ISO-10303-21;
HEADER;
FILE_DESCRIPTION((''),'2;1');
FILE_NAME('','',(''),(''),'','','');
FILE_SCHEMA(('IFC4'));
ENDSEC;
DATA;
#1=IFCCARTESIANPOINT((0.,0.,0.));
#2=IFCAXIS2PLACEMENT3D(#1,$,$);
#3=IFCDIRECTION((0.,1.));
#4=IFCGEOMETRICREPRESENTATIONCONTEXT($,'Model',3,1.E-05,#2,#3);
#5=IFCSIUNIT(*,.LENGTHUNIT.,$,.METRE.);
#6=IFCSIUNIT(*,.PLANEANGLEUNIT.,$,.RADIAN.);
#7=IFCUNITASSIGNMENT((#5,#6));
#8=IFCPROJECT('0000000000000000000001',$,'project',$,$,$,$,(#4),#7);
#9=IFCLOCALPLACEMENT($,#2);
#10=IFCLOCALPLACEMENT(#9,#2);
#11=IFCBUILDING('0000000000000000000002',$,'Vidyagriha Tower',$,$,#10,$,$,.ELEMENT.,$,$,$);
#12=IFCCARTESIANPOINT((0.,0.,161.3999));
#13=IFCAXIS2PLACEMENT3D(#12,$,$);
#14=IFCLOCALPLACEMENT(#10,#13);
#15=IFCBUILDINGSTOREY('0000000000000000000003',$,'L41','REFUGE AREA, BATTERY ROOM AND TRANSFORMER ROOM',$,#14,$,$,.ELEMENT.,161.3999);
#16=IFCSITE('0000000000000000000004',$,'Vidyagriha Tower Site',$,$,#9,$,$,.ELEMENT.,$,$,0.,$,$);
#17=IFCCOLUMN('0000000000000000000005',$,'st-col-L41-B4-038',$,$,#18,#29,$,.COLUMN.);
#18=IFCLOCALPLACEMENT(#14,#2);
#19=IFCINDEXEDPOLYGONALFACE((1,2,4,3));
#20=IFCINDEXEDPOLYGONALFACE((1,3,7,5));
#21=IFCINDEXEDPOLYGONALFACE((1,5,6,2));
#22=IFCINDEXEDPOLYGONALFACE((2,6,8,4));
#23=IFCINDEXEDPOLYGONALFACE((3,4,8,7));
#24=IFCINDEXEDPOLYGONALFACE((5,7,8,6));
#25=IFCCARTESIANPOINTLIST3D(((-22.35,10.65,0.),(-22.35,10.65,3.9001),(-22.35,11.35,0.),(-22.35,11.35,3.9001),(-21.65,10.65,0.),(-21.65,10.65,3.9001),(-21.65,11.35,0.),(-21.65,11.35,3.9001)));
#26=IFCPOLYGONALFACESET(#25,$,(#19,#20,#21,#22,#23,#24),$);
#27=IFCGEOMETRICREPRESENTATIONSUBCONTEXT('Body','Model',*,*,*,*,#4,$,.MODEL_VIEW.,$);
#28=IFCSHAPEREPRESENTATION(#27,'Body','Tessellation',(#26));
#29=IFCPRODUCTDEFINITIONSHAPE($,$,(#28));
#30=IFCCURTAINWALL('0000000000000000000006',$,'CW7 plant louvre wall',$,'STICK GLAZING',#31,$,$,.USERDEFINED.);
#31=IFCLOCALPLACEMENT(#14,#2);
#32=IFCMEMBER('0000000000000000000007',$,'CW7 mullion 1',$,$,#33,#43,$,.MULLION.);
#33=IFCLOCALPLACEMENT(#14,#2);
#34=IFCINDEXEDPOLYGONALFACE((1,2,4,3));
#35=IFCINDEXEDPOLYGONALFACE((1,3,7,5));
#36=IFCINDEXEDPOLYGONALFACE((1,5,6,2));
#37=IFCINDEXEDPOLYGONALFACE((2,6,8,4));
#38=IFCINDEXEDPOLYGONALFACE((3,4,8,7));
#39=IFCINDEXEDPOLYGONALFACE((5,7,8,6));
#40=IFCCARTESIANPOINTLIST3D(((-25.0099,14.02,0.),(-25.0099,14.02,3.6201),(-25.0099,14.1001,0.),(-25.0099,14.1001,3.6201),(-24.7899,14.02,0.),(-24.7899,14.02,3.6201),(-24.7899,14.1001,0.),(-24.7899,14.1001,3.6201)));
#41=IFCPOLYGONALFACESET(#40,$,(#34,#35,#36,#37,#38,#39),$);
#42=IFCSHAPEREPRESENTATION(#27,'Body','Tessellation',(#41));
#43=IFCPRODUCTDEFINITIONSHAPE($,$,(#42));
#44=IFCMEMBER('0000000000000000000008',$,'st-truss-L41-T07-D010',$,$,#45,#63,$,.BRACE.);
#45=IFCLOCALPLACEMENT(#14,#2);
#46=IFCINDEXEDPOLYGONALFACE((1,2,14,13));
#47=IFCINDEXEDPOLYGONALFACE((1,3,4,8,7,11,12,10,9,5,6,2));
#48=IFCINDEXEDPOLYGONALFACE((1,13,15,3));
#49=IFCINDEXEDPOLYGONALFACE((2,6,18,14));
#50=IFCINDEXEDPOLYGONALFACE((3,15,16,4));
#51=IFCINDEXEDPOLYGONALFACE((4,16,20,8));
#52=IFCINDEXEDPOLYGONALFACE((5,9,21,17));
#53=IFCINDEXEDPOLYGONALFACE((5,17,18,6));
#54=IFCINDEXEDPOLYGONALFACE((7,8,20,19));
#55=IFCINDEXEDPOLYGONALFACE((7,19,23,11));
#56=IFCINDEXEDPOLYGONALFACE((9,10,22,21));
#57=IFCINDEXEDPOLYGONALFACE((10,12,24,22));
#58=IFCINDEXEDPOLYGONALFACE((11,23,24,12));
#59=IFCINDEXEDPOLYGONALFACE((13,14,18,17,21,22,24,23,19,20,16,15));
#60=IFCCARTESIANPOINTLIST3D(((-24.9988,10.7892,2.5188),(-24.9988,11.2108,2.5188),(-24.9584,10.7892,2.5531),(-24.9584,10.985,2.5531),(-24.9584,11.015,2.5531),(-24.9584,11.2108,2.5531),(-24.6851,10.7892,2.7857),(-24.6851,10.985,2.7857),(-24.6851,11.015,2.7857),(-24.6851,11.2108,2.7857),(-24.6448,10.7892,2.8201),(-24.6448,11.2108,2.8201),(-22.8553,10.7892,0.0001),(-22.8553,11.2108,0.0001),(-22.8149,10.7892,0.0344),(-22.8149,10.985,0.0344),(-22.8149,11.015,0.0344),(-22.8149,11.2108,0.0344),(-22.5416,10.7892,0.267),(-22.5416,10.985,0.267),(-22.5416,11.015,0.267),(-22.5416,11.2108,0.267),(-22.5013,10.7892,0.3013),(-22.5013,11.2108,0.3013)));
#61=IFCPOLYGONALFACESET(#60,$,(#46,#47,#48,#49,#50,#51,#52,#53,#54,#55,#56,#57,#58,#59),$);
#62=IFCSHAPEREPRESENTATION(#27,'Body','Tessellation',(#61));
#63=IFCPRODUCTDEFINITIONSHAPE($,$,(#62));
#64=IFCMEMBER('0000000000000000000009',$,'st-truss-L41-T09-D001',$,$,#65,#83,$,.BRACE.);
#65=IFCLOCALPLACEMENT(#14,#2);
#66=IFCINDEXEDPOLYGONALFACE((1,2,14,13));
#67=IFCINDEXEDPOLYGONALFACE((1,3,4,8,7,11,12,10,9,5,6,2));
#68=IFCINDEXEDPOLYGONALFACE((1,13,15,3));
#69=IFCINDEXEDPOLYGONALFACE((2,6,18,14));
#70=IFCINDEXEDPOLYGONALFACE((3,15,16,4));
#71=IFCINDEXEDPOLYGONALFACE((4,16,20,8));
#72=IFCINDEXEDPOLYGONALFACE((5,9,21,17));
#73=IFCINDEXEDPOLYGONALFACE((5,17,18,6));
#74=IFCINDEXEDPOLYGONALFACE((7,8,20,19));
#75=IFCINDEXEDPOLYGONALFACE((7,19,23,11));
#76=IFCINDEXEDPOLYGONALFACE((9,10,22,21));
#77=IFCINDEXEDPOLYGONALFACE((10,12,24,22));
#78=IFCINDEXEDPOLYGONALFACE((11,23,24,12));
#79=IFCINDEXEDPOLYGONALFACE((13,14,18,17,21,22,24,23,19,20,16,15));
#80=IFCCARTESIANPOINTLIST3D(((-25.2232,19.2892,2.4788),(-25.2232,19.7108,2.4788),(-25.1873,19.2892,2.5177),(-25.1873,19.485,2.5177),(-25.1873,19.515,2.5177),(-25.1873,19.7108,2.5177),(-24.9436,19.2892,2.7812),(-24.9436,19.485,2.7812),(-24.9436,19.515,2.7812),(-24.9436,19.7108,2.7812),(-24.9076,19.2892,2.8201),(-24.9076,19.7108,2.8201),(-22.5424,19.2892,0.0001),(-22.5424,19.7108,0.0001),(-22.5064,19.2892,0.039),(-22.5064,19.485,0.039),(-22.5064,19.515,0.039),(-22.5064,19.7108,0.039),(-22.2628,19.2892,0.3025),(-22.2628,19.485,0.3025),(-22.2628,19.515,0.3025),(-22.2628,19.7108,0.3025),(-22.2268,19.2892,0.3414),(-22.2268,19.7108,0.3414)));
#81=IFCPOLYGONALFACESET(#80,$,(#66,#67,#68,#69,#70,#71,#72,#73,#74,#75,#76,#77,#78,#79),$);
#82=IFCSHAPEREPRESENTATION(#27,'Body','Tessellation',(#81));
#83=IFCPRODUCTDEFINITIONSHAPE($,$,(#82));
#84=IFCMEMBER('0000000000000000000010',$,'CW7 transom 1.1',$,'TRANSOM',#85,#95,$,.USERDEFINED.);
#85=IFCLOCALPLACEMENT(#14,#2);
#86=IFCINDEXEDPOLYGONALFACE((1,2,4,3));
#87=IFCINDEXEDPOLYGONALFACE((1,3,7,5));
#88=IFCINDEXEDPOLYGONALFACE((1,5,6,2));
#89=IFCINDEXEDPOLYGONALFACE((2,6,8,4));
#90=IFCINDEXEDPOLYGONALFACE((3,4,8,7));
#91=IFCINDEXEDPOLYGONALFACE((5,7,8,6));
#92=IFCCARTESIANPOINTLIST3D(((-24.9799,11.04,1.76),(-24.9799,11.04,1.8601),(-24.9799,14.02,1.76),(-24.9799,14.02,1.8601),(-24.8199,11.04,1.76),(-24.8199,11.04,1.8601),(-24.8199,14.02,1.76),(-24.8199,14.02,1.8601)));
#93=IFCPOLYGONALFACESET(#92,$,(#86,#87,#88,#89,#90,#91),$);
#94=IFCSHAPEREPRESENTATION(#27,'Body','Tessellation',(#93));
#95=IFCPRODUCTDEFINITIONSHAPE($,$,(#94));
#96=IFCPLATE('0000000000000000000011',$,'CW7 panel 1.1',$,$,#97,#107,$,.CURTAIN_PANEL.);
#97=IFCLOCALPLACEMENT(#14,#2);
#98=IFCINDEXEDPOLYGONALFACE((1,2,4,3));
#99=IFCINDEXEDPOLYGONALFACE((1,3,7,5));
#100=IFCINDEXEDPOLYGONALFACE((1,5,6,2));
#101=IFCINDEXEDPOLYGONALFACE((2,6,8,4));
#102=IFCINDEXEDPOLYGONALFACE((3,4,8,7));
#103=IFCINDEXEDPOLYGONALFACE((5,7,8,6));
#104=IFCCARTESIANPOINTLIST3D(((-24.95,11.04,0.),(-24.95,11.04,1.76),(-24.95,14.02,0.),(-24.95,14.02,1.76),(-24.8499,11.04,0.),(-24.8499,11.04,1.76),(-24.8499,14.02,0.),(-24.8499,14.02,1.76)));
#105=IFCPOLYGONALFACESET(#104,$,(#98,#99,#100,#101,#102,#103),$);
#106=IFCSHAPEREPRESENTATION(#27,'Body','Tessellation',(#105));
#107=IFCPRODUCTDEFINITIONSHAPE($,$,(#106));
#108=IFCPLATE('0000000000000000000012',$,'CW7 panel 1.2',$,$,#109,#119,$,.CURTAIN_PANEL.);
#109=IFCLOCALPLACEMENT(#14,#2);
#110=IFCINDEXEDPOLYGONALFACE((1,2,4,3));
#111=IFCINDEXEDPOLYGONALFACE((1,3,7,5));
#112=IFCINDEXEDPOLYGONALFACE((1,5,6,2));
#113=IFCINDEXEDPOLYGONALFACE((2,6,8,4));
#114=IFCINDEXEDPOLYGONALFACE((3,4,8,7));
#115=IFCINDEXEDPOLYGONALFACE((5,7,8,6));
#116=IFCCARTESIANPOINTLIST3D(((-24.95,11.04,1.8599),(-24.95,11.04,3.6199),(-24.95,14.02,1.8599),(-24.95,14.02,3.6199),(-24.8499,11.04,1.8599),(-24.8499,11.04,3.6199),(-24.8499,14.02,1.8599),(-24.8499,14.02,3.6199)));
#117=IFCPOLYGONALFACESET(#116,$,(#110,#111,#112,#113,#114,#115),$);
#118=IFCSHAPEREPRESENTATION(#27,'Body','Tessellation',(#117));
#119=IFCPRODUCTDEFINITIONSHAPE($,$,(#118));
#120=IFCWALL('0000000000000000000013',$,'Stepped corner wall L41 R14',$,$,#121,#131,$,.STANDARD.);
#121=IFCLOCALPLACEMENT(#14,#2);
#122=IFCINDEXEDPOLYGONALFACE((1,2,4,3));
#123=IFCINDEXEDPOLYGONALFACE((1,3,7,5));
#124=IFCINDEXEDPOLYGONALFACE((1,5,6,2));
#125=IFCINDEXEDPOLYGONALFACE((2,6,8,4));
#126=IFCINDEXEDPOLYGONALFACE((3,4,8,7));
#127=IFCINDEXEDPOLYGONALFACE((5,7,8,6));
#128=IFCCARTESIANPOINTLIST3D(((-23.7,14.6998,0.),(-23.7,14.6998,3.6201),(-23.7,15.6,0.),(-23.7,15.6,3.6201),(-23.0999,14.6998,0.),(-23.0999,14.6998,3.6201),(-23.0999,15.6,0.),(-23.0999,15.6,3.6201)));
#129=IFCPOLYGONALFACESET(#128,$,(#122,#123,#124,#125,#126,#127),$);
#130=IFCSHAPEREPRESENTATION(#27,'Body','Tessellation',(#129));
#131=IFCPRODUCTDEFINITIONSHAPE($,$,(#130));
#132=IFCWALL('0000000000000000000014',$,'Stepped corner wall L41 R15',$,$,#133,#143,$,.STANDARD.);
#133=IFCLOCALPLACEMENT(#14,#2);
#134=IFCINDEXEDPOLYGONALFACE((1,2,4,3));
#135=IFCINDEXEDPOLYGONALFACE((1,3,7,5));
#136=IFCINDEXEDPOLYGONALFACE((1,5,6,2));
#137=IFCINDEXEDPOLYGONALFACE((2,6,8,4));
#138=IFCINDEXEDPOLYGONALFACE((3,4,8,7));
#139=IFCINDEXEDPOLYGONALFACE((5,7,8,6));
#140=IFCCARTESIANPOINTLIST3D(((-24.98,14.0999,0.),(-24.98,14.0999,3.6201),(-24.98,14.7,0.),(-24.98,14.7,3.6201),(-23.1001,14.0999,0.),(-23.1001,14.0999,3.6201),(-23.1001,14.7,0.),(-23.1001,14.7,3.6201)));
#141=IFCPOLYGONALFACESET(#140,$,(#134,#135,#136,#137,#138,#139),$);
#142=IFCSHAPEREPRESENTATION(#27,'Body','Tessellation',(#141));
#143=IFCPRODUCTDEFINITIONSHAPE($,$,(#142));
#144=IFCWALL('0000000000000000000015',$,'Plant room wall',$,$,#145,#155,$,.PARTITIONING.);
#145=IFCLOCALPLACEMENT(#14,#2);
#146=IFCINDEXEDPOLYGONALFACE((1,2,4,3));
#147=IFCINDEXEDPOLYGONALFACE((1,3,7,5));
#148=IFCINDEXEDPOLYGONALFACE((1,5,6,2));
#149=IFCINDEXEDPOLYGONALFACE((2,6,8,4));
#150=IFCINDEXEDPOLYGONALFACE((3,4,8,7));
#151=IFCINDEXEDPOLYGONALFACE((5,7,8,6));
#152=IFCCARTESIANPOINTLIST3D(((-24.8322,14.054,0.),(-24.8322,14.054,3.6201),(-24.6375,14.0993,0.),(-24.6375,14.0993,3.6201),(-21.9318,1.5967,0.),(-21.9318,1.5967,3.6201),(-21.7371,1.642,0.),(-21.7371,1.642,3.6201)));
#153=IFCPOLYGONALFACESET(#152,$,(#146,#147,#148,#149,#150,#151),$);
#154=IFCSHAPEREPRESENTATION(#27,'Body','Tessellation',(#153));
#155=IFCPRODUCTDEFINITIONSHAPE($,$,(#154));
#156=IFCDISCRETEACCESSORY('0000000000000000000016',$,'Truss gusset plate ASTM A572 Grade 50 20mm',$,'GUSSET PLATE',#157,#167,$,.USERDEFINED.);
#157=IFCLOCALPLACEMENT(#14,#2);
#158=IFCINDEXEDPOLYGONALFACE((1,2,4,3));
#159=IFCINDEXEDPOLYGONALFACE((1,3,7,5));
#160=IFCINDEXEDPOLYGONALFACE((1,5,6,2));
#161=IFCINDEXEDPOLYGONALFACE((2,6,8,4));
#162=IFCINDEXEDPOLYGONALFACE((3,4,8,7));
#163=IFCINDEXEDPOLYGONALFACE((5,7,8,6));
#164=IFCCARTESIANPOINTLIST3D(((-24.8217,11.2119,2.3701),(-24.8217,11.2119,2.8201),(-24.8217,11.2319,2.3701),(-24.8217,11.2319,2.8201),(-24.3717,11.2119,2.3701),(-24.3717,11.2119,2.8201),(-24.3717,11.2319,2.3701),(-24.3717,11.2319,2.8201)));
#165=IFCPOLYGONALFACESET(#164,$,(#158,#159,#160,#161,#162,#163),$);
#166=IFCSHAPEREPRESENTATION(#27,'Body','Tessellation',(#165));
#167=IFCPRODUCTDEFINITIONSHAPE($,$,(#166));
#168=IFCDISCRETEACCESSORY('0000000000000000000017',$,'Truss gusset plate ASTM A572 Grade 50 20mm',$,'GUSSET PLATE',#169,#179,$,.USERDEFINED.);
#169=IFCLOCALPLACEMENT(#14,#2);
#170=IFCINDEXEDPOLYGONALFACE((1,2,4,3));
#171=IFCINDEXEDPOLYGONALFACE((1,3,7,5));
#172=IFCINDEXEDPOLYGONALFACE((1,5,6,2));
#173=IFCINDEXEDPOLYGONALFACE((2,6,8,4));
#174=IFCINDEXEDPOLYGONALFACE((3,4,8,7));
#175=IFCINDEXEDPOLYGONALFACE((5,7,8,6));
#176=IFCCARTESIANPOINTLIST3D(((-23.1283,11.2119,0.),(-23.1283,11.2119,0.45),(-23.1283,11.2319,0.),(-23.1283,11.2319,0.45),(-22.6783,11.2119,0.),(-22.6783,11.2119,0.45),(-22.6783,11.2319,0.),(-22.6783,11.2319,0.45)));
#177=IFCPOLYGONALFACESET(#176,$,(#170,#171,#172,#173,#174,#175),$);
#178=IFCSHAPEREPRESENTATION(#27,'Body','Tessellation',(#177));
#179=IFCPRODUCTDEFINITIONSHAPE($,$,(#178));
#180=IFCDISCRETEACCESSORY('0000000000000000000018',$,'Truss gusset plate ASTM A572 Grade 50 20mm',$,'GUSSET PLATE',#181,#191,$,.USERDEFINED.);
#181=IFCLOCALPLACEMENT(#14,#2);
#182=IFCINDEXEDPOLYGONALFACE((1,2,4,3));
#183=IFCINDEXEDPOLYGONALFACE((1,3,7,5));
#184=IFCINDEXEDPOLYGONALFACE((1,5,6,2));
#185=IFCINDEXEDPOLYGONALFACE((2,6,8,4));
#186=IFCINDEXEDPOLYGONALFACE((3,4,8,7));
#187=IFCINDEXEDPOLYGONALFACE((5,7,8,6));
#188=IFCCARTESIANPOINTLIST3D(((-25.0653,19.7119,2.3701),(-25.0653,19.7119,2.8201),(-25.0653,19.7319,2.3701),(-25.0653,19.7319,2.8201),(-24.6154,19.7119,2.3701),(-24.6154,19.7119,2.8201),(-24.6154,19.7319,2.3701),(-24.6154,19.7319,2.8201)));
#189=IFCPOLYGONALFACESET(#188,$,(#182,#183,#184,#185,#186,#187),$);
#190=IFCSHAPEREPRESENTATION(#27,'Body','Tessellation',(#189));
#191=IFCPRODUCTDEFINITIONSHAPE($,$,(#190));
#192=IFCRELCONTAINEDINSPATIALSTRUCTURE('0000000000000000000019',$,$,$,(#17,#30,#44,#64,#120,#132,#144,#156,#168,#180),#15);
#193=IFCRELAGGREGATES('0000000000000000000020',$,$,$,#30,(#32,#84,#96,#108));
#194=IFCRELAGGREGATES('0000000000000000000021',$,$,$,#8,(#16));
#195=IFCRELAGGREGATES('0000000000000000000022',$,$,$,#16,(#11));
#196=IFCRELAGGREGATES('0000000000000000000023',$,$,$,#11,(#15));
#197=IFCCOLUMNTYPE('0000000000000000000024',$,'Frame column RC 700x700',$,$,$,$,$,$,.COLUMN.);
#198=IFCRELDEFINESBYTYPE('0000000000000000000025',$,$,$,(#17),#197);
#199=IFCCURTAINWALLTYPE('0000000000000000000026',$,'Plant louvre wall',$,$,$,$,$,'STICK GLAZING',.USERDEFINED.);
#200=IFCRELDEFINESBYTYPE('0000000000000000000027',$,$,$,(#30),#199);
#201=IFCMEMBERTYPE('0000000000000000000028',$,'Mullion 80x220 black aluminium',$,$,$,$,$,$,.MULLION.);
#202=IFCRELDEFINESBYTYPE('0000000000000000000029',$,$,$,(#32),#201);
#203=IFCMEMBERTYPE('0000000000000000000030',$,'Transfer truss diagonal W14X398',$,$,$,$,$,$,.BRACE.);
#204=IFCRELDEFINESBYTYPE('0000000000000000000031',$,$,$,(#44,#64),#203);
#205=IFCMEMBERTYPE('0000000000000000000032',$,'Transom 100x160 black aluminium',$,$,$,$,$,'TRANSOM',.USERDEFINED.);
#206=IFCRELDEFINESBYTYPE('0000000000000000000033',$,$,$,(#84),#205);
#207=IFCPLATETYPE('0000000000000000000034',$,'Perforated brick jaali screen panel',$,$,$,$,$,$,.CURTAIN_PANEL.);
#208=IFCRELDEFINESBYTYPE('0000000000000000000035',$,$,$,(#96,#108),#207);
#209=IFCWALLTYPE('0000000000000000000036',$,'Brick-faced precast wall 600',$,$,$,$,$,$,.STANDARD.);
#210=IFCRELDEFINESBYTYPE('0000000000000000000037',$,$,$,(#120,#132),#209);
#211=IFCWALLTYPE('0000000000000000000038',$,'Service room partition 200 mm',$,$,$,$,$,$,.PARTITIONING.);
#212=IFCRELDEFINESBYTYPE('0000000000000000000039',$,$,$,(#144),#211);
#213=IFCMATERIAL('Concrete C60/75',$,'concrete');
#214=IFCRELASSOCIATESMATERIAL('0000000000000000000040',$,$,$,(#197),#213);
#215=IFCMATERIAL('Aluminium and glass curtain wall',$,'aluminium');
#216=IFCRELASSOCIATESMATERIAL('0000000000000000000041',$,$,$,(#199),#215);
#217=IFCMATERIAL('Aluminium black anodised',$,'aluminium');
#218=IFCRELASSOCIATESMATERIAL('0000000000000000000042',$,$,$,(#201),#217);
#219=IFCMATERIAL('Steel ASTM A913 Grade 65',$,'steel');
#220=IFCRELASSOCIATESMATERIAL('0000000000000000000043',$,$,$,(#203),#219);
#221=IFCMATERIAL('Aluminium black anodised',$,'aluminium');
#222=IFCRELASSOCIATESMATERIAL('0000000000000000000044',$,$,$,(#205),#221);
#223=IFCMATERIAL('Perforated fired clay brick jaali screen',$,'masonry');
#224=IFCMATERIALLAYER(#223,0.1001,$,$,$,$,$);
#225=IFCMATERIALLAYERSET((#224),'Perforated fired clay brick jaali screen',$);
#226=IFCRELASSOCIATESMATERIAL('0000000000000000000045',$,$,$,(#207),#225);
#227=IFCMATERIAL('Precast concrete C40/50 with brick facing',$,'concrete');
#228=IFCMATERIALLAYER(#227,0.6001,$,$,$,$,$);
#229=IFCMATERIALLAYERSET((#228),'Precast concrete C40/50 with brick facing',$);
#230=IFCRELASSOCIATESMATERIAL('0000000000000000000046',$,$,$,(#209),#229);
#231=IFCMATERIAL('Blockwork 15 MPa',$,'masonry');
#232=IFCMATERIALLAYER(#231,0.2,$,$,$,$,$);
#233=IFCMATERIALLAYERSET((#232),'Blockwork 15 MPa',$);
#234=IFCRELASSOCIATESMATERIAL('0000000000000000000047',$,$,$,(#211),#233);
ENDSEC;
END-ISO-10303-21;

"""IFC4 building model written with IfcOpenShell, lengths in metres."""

from ifc_helpers import new_model, si_unit, direction, frame, frame_2d, origin, origin_2d, place, context, subcontext, project, spatial, rectangle, i_section, extrude, material, layer, layer_set, material_profile, profile_set, type_object, element, aggregate, save


model = new_model("IFC4")

# Units and contexts
model_context = context("Model", 3, precision=1e-05, world=origin(), true_north=direction((0.0, 1.0)))
body_context = subcontext(model_context, "Body", "Model", "MODEL_VIEW")
ifc_project = project(units=[si_unit("LENGTHUNIT", "METRE"), si_unit("PLANEANGLEUNIT", "RADIAN")], contexts=[model_context])

# Site, building, storey
site_placement = place(None, origin())
site = spatial("IfcSite", under=ifc_project, at=site_placement, Name="Vidyagriha Tower Site", CompositionType="ELEMENT", RefElevation=0.0)
building_placement = place(site_placement, origin())
building = spatial("IfcBuilding", under=site, at=building_placement, Name="Vidyagriha Tower", CompositionType="ELEMENT")
storey_placement = place(building_placement, frame((0.0, 0.0, 161.3999)))
storey = spatial("IfcBuildingStorey", under=building, at=storey_placement, Name="L41", Description="REFUGE AREA, BATTERY ROOM AND TRANSFORMER ROOM", CompositionType="ELEMENT", Elevation=161.3999)

# Column
ifc_material_1 = material(Name="Concrete C60/75", Category="concrete")
ifc_material_profile_1 = material_profile(ifc_material_1, rectangle(XDim=0.7, YDim=0.7, at=origin_2d()), Name="RC 700x700")
ifc_profile_set_1 = profile_set([ifc_material_profile_1], Name="Concrete C60/75")
column_type = type_object("IfcColumnType", Name="Frame column RC 700x700", PredefinedType="COLUMN", material=ifc_profile_set_1)
column_placement = place(storey_placement, frame((-22.0, 11.0, 0.0)))
element("IfcColumn", 1, at=column_placement, inside=storey, type_object=column_type, Name="st-col-L41-B4-038", PredefinedType="COLUMN", context=body_context, shape_type="SweptSolid", body=[
    extrude(rectangle(XDim=0.7, YDim=0.7, at=origin_2d()), origin(), (0.0, 0.0, 1.0), 3.9001),
])

# Curtain wall, member
ifc_material_2 = material(Name="Aluminium and glass curtain wall", Category="aluminium")
curtain_wall_type = type_object("IfcCurtainWallType", Name="Plant louvre wall", ElementType="STICK GLAZING", PredefinedType="USERDEFINED", material=ifc_material_2)
curtain_wall_placement = place(storey_placement, origin())
curtain_wall = element("IfcCurtainWall", 2, at=curtain_wall_placement, inside=storey, type_object=curtain_wall_type, Name="CW7 plant louvre wall", ObjectType="STICK GLAZING", PredefinedType="USERDEFINED")
ifc_material_3 = material(Name="Aluminium black anodised", Category="aluminium")
ifc_material_profile_2 = material_profile(ifc_material_3, rectangle(XDim=0.22, YDim=0.0801, at=origin_2d()), Name="Mullion 80x220 black aluminium")
ifc_profile_set_2 = profile_set([ifc_material_profile_2], Name="Aluminium black anodised")
member_type_1 = type_object("IfcMemberType", Name="Mullion 80x220 black aluminium", PredefinedType="MULLION", material=ifc_profile_set_2)
member_1_placement = place(storey_placement, frame((-24.8999, 14.0601, 0.0)))
member_1 = element("IfcMember", 3, at=member_1_placement, type_object=member_type_1, Name="CW7 mullion 1", PredefinedType="MULLION", context=body_context, shape_type="SweptSolid", body=[
    extrude(rectangle(XDim=0.22, YDim=0.0801, at=origin_2d()), origin(), (0.0, 0.0, 1.0), 3.6201),
])

# Members
ifc_material_4 = material(Name="Steel ASTM A913 Grade 65", Category="steel")
ifc_material_profile_3 = material_profile(ifc_material_4, i_section(OverallWidth=0.4216, OverallDepth=0.4648, WebThickness=0.03, FlangeThickness=0.053, at=origin_2d()), Name="W14X398")
ifc_profile_set_3 = profile_set([ifc_material_profile_3], Name="Steel ASTM A913 Grade 65")
member_type_2 = type_object("IfcMemberType", Name="Transfer truss diagonal W14X398", PredefinedType="BRACE", material=ifc_profile_set_3)
member_2_placement = place(storey_placement, frame((-24.8218, 11.0, 2.6694), z_axis=(0.6481, 0.0, -0.761555), x_axis=(0.0, 1.0, 0.0)))
element("IfcMember", 4, at=member_2_placement, inside=storey, type_object=member_type_2, Name="st-truss-L41-T07-D010", PredefinedType="BRACE", context=body_context, shape_type="SweptSolid", body=[
    extrude(i_section(OverallWidth=0.4216, OverallDepth=0.4648, WebThickness=0.03, FlangeThickness=0.053, at=origin_2d()), origin(), (0.0, 0.0, 1.0), 3.3074),
])
member_3_placement = place(storey_placement, frame((-25.0654, 19.5, 2.6494), z_axis=(0.734247, 0.0, -0.678883), x_axis=(0.0, 1.0, 0.0)))
element("IfcMember", 5, at=member_3_placement, inside=storey, type_object=member_type_2, Name="st-truss-L41-T09-D001", PredefinedType="BRACE", context=body_context, shape_type="SweptSolid", body=[
    extrude(i_section(OverallWidth=0.4216, OverallDepth=0.4648, WebThickness=0.03, FlangeThickness=0.053, at=origin_2d()), origin(), (0.0, 0.0, 1.0), 3.6511),
])

# Member
ifc_material_5 = material(Name="Aluminium black anodised", Category="aluminium")
ifc_material_profile_4 = material_profile(ifc_material_5, rectangle(XDim=0.1599, YDim=0.1001, at=origin_2d()), Name="Transom 100x160 black aluminium")
ifc_profile_set_4 = profile_set([ifc_material_profile_4], Name="Aluminium black anodised")
member_type_3 = type_object("IfcMemberType", Name="Transom 100x160 black aluminium", ElementType="TRANSOM", PredefinedType="USERDEFINED", material=ifc_profile_set_4)
member_4_placement = place(storey_placement, frame((-24.8999, 14.02, 1.8101), z_axis=(0.0, -1.0, 0.0), x_axis=(1.0, 0.0, 0.0)))
member_4 = element("IfcMember", 6, at=member_4_placement, type_object=member_type_3, Name="CW7 transom 1.1", ObjectType="TRANSOM", PredefinedType="USERDEFINED", context=body_context, shape_type="SweptSolid", body=[
    extrude(rectangle(XDim=0.1599, YDim=0.1001, at=origin_2d()), origin(), (0.0, 0.0, 1.0), 2.98),
])

# Plates
ifc_material_6 = material(Name="Perforated fired clay brick jaali screen", Category="masonry")
ifc_layer_1 = layer(ifc_material_6, 0.1001)
ifc_layer_set_1 = layer_set([ifc_layer_1], Name="Perforated fired clay brick jaali screen")
plate_type = type_object("IfcPlateType", Name="Perforated brick jaali screen panel", PredefinedType="CURTAIN_PANEL", material=ifc_layer_set_1)
plate_1_placement = place(storey_placement, frame((-24.8999, 12.53, 0.0), z_axis=(0.0, 0.0, 1.0), x_axis=(0.0, -1.0, 0.0)))
plate_1 = element("IfcPlate", 7, at=plate_1_placement, type_object=plate_type, Name="CW7 panel 1.1", PredefinedType="CURTAIN_PANEL", context=body_context, shape_type="SweptSolid", body=[
    extrude(rectangle(XDim=2.98, YDim=0.1001, at=origin_2d()), origin(), (0.0, 0.0, 1.0), 1.76),
])
plate_2_placement = place(storey_placement, frame((-24.8999, 12.53, 1.8599), z_axis=(0.0, 0.0, 1.0), x_axis=(0.0, -1.0, 0.0)))
plate_2 = element("IfcPlate", 8, at=plate_2_placement, type_object=plate_type, Name="CW7 panel 1.2", PredefinedType="CURTAIN_PANEL", context=body_context, shape_type="SweptSolid", body=[
    extrude(rectangle(XDim=2.98, YDim=0.1001, at=origin_2d()), origin(), (0.0, 0.0, 1.0), 1.76),
])
aggregate(curtain_wall, [member_1, member_4, plate_1, plate_2])

# Walls
ifc_material_7 = material(Name="Precast concrete C40/50 with brick facing", Category="concrete")
ifc_layer_2 = layer(ifc_material_7, 0.6001)
ifc_layer_set_2 = layer_set([ifc_layer_2], Name="Precast concrete C40/50 with brick facing")
wall_type_1 = type_object("IfcWallType", Name="Brick-faced precast wall 600", PredefinedType="STANDARD", material=ifc_layer_set_2)
wall_1_placement = place(storey_placement, frame((-23.3999, 15.6001, 0.0), z_axis=(0.0, 0.0, 1.0), x_axis=(0.0, -1.0, 0.0)))
element("IfcWall", 9, at=wall_1_placement, inside=storey, type_object=wall_type_1, Name="Stepped corner wall L41 R14", PredefinedType="STANDARD", context=body_context, shape_type="SweptSolid", body=[
    extrude(rectangle(XDim=0.9001, YDim=0.6001, at=frame_2d((0.4502, 0.0))), origin(), (0.0, 0.0, 1.0), 3.6201),
])
wall_2_placement = place(storey_placement, frame((-23.1001, 14.3999, 0.0), z_axis=(0.0, 0.0, 1.0), x_axis=(-1.0, 0.0, 0.0)))
element("IfcWall", 10, at=wall_2_placement, inside=storey, type_object=wall_type_1, Name="Stepped corner wall L41 R15", PredefinedType="STANDARD", context=body_context, shape_type="SweptSolid", body=[
    extrude(rectangle(XDim=1.8799, YDim=0.6001, at=frame_2d((0.9399, 0.0))), origin(), (0.0, 0.0, 1.0), 3.6201),
])
ifc_material_8 = material(Name="Blockwork 15 MPa", Category="masonry")
ifc_layer_3 = layer(ifc_material_8, 0.2)
ifc_layer_set_3 = layer_set([ifc_layer_3], Name="Blockwork 15 MPa")
wall_type_2 = type_object("IfcWallType", Name="Service room partition 200 mm", PredefinedType="PARTITIONING", material=ifc_layer_set_3)
wall_3_placement = place(storey_placement, frame((-24.7349, 14.0767, 0.0), z_axis=(0.0, 0.0, 1.0), x_axis=(0.226762, -0.97395, 0.0)))
element("IfcWall", 11, at=wall_3_placement, inside=storey, type_object=wall_type_2, Name="Plant room wall", PredefinedType="PARTITIONING", context=body_context, shape_type="SweptSolid", body=[
    extrude(rectangle(XDim=12.7905, YDim=0.2, at=frame_2d((6.3953, 0.0))), origin(), (0.0, 0.0, 1.0), 3.6201),
])

# Discrete accessories
for number, where, name in (
    (12, (-24.5967, 11.2219, 2.3701), "Truss gusset plate ASTM A572 Grade 50 20mm"),
    (13, (-22.9033, 11.2219, 0.0), "Truss gusset plate ASTM A572 Grade 50 20mm"),
    (14, (-24.8403, 19.7219, 2.3701), "Truss gusset plate ASTM A572 Grade 50 20mm"),
):
    element("IfcDiscreteAccessory", number, at=place(storey_placement, frame(where)), inside=storey, Name=name, ObjectType="GUSSET PLATE", PredefinedType="USERDEFINED", context=body_context, shape_type="SweptSolid", body=[
        extrude(rectangle(XDim=0.45, YDim=0.02, at=origin_2d()), origin(), (0.0, 0.0, 1.0), 0.45),
    ])

save(model, "model.ifc")
